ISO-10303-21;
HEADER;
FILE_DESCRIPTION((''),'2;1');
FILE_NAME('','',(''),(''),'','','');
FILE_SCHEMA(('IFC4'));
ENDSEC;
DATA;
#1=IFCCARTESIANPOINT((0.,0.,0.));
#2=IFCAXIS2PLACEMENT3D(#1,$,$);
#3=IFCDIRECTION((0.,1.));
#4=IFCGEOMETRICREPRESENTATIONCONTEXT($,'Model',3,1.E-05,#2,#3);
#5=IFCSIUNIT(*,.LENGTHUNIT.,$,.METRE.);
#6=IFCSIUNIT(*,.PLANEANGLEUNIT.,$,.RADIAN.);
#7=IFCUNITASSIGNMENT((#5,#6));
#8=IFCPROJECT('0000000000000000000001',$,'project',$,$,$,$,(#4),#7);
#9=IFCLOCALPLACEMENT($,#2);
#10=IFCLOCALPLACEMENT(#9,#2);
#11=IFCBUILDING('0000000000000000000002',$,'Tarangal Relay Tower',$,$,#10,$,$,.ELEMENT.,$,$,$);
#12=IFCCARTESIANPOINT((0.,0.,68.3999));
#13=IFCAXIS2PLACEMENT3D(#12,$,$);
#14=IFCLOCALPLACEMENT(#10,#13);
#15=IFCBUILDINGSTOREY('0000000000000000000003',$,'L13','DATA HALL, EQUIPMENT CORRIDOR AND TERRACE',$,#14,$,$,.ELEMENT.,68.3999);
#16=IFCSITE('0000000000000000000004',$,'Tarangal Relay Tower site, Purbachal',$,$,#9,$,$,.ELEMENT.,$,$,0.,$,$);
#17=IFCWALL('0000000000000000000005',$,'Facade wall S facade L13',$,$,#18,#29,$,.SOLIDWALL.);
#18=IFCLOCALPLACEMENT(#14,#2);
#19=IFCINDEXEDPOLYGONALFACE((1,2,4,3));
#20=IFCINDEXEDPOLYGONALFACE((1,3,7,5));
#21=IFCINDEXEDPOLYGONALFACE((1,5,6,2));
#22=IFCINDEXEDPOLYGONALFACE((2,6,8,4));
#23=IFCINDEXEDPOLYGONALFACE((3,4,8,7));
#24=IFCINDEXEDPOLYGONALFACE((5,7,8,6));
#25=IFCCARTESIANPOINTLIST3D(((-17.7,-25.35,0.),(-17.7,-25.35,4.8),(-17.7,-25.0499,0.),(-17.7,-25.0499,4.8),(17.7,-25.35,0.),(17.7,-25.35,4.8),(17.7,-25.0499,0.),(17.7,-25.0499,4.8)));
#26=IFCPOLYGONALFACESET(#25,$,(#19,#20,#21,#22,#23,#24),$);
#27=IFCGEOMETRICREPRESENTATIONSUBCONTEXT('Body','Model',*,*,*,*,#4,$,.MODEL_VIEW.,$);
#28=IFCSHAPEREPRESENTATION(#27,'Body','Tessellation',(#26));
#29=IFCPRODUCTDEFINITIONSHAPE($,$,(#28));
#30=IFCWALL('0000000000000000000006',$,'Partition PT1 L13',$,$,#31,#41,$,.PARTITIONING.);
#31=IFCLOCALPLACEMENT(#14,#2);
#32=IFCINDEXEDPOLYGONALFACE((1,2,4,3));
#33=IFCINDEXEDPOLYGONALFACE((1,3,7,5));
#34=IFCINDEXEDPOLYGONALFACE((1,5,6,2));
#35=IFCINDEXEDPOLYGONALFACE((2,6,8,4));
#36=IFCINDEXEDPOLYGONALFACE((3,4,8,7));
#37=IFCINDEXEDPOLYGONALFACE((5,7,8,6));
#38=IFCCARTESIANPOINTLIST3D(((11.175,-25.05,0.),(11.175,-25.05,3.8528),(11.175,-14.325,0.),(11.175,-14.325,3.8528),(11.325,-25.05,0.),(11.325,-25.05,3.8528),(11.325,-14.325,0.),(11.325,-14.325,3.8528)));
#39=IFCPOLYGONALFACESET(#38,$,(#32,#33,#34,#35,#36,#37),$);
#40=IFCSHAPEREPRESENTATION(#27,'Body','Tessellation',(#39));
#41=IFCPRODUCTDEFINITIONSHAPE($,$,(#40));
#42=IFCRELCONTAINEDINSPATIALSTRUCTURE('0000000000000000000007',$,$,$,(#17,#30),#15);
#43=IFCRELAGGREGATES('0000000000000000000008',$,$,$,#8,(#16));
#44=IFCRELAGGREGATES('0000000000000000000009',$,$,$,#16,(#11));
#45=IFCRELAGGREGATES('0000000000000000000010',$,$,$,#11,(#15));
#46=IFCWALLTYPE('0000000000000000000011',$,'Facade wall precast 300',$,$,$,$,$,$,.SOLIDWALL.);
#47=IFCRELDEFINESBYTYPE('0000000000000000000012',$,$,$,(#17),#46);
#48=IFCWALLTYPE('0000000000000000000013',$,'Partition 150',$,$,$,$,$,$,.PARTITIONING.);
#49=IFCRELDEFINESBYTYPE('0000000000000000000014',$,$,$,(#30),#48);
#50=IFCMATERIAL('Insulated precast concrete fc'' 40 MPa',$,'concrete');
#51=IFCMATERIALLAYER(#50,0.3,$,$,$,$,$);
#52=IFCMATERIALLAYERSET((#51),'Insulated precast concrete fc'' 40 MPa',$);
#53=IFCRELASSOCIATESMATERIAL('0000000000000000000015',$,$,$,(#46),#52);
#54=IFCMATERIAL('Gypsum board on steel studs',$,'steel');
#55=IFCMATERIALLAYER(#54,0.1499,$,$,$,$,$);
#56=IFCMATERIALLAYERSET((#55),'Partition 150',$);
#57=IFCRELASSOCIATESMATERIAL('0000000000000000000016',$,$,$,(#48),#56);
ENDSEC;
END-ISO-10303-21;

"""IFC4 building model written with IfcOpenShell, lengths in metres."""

from ifc_helpers import new_model, si_unit, direction, frame, frame_2d, origin, place, context, subcontext, project, spatial, rectangle, extrude, material, layer, layer_set, type_object, element, save


model = new_model("IFC4")

# Units and contexts
model_context = context("Model", 3, precision=1e-05, world=origin(), true_north=direction((0.0, 1.0)))
body_context = subcontext(model_context, "Body", "Model", "MODEL_VIEW")
ifc_project = project(units=[si_unit("LENGTHUNIT", "METRE"), si_unit("PLANEANGLEUNIT", "RADIAN")], contexts=[model_context])

# Site, building, storey
site_placement = place(None, origin())
site = spatial("IfcSite", under=ifc_project, at=site_placement, Name="Tarangal Relay Tower site, Purbachal", CompositionType="ELEMENT", RefElevation=0.0)
building_placement = place(site_placement, origin())
building = spatial("IfcBuilding", under=site, at=building_placement, Name="Tarangal Relay Tower", CompositionType="ELEMENT")
storey_placement = place(building_placement, frame((0.0, 0.0, 68.3999)))
storey = spatial("IfcBuildingStorey", under=building, at=storey_placement, Name="L13", Description="DATA HALL, EQUIPMENT CORRIDOR AND TERRACE", CompositionType="ELEMENT", Elevation=68.3999)

# Shared definitions
ifc_material_1 = material(Name="Insulated precast concrete fc' 40 MPa", Category="concrete")
ifc_layer_1 = layer(ifc_material_1, 0.3)
ifc_layer_set_1 = layer_set([ifc_layer_1], Name="Insulated precast concrete fc' 40 MPa")
wall_type_1 = type_object("IfcWallType", Name="Facade wall precast 300", PredefinedType="SOLIDWALL", material=ifc_layer_set_1)

# Walls
wall_1_placement = place(storey_placement, frame((17.7, -25.2, 0.0), z_axis=(0.0, 0.0, 1.0), x_axis=(-1.0, 0.0, 0.0)))
element("IfcWall", 1, at=wall_1_placement, inside=storey, type_object=wall_type_1, Name="Facade wall S facade L13", PredefinedType="SOLIDWALL", context=body_context, shape_type="SweptSolid", body=[
    extrude(rectangle(XDim=35.3999, YDim=0.3, at=frame_2d((17.7, 0.0))), origin(), (0.0, 0.0, 1.0), 4.8),
])
ifc_material_2 = material(Name="Gypsum board on steel studs", Category="steel")
ifc_layer_2 = layer(ifc_material_2, 0.1499)
ifc_layer_set_2 = layer_set([ifc_layer_2], Name="Partition 150")
wall_type_2 = type_object("IfcWallType", Name="Partition 150", PredefinedType="PARTITIONING", material=ifc_layer_set_2)
wall_2_placement = place(storey_placement, frame((11.25, -25.05, 0.0), z_axis=(0.0, 0.0, 1.0), x_axis=(0.0, 1.0, 0.0)))
element("IfcWall", 2, at=wall_2_placement, inside=storey, type_object=wall_type_2, Name="Partition PT1 L13", PredefinedType="PARTITIONING", context=body_context, shape_type="SweptSolid", body=[
    extrude(rectangle(XDim=10.7251, YDim=0.1499, at=frame_2d((5.3625, 0.0))), origin(), (0.0, 0.0, 1.0), 3.8528),
])

save(model, "model.ifc")
